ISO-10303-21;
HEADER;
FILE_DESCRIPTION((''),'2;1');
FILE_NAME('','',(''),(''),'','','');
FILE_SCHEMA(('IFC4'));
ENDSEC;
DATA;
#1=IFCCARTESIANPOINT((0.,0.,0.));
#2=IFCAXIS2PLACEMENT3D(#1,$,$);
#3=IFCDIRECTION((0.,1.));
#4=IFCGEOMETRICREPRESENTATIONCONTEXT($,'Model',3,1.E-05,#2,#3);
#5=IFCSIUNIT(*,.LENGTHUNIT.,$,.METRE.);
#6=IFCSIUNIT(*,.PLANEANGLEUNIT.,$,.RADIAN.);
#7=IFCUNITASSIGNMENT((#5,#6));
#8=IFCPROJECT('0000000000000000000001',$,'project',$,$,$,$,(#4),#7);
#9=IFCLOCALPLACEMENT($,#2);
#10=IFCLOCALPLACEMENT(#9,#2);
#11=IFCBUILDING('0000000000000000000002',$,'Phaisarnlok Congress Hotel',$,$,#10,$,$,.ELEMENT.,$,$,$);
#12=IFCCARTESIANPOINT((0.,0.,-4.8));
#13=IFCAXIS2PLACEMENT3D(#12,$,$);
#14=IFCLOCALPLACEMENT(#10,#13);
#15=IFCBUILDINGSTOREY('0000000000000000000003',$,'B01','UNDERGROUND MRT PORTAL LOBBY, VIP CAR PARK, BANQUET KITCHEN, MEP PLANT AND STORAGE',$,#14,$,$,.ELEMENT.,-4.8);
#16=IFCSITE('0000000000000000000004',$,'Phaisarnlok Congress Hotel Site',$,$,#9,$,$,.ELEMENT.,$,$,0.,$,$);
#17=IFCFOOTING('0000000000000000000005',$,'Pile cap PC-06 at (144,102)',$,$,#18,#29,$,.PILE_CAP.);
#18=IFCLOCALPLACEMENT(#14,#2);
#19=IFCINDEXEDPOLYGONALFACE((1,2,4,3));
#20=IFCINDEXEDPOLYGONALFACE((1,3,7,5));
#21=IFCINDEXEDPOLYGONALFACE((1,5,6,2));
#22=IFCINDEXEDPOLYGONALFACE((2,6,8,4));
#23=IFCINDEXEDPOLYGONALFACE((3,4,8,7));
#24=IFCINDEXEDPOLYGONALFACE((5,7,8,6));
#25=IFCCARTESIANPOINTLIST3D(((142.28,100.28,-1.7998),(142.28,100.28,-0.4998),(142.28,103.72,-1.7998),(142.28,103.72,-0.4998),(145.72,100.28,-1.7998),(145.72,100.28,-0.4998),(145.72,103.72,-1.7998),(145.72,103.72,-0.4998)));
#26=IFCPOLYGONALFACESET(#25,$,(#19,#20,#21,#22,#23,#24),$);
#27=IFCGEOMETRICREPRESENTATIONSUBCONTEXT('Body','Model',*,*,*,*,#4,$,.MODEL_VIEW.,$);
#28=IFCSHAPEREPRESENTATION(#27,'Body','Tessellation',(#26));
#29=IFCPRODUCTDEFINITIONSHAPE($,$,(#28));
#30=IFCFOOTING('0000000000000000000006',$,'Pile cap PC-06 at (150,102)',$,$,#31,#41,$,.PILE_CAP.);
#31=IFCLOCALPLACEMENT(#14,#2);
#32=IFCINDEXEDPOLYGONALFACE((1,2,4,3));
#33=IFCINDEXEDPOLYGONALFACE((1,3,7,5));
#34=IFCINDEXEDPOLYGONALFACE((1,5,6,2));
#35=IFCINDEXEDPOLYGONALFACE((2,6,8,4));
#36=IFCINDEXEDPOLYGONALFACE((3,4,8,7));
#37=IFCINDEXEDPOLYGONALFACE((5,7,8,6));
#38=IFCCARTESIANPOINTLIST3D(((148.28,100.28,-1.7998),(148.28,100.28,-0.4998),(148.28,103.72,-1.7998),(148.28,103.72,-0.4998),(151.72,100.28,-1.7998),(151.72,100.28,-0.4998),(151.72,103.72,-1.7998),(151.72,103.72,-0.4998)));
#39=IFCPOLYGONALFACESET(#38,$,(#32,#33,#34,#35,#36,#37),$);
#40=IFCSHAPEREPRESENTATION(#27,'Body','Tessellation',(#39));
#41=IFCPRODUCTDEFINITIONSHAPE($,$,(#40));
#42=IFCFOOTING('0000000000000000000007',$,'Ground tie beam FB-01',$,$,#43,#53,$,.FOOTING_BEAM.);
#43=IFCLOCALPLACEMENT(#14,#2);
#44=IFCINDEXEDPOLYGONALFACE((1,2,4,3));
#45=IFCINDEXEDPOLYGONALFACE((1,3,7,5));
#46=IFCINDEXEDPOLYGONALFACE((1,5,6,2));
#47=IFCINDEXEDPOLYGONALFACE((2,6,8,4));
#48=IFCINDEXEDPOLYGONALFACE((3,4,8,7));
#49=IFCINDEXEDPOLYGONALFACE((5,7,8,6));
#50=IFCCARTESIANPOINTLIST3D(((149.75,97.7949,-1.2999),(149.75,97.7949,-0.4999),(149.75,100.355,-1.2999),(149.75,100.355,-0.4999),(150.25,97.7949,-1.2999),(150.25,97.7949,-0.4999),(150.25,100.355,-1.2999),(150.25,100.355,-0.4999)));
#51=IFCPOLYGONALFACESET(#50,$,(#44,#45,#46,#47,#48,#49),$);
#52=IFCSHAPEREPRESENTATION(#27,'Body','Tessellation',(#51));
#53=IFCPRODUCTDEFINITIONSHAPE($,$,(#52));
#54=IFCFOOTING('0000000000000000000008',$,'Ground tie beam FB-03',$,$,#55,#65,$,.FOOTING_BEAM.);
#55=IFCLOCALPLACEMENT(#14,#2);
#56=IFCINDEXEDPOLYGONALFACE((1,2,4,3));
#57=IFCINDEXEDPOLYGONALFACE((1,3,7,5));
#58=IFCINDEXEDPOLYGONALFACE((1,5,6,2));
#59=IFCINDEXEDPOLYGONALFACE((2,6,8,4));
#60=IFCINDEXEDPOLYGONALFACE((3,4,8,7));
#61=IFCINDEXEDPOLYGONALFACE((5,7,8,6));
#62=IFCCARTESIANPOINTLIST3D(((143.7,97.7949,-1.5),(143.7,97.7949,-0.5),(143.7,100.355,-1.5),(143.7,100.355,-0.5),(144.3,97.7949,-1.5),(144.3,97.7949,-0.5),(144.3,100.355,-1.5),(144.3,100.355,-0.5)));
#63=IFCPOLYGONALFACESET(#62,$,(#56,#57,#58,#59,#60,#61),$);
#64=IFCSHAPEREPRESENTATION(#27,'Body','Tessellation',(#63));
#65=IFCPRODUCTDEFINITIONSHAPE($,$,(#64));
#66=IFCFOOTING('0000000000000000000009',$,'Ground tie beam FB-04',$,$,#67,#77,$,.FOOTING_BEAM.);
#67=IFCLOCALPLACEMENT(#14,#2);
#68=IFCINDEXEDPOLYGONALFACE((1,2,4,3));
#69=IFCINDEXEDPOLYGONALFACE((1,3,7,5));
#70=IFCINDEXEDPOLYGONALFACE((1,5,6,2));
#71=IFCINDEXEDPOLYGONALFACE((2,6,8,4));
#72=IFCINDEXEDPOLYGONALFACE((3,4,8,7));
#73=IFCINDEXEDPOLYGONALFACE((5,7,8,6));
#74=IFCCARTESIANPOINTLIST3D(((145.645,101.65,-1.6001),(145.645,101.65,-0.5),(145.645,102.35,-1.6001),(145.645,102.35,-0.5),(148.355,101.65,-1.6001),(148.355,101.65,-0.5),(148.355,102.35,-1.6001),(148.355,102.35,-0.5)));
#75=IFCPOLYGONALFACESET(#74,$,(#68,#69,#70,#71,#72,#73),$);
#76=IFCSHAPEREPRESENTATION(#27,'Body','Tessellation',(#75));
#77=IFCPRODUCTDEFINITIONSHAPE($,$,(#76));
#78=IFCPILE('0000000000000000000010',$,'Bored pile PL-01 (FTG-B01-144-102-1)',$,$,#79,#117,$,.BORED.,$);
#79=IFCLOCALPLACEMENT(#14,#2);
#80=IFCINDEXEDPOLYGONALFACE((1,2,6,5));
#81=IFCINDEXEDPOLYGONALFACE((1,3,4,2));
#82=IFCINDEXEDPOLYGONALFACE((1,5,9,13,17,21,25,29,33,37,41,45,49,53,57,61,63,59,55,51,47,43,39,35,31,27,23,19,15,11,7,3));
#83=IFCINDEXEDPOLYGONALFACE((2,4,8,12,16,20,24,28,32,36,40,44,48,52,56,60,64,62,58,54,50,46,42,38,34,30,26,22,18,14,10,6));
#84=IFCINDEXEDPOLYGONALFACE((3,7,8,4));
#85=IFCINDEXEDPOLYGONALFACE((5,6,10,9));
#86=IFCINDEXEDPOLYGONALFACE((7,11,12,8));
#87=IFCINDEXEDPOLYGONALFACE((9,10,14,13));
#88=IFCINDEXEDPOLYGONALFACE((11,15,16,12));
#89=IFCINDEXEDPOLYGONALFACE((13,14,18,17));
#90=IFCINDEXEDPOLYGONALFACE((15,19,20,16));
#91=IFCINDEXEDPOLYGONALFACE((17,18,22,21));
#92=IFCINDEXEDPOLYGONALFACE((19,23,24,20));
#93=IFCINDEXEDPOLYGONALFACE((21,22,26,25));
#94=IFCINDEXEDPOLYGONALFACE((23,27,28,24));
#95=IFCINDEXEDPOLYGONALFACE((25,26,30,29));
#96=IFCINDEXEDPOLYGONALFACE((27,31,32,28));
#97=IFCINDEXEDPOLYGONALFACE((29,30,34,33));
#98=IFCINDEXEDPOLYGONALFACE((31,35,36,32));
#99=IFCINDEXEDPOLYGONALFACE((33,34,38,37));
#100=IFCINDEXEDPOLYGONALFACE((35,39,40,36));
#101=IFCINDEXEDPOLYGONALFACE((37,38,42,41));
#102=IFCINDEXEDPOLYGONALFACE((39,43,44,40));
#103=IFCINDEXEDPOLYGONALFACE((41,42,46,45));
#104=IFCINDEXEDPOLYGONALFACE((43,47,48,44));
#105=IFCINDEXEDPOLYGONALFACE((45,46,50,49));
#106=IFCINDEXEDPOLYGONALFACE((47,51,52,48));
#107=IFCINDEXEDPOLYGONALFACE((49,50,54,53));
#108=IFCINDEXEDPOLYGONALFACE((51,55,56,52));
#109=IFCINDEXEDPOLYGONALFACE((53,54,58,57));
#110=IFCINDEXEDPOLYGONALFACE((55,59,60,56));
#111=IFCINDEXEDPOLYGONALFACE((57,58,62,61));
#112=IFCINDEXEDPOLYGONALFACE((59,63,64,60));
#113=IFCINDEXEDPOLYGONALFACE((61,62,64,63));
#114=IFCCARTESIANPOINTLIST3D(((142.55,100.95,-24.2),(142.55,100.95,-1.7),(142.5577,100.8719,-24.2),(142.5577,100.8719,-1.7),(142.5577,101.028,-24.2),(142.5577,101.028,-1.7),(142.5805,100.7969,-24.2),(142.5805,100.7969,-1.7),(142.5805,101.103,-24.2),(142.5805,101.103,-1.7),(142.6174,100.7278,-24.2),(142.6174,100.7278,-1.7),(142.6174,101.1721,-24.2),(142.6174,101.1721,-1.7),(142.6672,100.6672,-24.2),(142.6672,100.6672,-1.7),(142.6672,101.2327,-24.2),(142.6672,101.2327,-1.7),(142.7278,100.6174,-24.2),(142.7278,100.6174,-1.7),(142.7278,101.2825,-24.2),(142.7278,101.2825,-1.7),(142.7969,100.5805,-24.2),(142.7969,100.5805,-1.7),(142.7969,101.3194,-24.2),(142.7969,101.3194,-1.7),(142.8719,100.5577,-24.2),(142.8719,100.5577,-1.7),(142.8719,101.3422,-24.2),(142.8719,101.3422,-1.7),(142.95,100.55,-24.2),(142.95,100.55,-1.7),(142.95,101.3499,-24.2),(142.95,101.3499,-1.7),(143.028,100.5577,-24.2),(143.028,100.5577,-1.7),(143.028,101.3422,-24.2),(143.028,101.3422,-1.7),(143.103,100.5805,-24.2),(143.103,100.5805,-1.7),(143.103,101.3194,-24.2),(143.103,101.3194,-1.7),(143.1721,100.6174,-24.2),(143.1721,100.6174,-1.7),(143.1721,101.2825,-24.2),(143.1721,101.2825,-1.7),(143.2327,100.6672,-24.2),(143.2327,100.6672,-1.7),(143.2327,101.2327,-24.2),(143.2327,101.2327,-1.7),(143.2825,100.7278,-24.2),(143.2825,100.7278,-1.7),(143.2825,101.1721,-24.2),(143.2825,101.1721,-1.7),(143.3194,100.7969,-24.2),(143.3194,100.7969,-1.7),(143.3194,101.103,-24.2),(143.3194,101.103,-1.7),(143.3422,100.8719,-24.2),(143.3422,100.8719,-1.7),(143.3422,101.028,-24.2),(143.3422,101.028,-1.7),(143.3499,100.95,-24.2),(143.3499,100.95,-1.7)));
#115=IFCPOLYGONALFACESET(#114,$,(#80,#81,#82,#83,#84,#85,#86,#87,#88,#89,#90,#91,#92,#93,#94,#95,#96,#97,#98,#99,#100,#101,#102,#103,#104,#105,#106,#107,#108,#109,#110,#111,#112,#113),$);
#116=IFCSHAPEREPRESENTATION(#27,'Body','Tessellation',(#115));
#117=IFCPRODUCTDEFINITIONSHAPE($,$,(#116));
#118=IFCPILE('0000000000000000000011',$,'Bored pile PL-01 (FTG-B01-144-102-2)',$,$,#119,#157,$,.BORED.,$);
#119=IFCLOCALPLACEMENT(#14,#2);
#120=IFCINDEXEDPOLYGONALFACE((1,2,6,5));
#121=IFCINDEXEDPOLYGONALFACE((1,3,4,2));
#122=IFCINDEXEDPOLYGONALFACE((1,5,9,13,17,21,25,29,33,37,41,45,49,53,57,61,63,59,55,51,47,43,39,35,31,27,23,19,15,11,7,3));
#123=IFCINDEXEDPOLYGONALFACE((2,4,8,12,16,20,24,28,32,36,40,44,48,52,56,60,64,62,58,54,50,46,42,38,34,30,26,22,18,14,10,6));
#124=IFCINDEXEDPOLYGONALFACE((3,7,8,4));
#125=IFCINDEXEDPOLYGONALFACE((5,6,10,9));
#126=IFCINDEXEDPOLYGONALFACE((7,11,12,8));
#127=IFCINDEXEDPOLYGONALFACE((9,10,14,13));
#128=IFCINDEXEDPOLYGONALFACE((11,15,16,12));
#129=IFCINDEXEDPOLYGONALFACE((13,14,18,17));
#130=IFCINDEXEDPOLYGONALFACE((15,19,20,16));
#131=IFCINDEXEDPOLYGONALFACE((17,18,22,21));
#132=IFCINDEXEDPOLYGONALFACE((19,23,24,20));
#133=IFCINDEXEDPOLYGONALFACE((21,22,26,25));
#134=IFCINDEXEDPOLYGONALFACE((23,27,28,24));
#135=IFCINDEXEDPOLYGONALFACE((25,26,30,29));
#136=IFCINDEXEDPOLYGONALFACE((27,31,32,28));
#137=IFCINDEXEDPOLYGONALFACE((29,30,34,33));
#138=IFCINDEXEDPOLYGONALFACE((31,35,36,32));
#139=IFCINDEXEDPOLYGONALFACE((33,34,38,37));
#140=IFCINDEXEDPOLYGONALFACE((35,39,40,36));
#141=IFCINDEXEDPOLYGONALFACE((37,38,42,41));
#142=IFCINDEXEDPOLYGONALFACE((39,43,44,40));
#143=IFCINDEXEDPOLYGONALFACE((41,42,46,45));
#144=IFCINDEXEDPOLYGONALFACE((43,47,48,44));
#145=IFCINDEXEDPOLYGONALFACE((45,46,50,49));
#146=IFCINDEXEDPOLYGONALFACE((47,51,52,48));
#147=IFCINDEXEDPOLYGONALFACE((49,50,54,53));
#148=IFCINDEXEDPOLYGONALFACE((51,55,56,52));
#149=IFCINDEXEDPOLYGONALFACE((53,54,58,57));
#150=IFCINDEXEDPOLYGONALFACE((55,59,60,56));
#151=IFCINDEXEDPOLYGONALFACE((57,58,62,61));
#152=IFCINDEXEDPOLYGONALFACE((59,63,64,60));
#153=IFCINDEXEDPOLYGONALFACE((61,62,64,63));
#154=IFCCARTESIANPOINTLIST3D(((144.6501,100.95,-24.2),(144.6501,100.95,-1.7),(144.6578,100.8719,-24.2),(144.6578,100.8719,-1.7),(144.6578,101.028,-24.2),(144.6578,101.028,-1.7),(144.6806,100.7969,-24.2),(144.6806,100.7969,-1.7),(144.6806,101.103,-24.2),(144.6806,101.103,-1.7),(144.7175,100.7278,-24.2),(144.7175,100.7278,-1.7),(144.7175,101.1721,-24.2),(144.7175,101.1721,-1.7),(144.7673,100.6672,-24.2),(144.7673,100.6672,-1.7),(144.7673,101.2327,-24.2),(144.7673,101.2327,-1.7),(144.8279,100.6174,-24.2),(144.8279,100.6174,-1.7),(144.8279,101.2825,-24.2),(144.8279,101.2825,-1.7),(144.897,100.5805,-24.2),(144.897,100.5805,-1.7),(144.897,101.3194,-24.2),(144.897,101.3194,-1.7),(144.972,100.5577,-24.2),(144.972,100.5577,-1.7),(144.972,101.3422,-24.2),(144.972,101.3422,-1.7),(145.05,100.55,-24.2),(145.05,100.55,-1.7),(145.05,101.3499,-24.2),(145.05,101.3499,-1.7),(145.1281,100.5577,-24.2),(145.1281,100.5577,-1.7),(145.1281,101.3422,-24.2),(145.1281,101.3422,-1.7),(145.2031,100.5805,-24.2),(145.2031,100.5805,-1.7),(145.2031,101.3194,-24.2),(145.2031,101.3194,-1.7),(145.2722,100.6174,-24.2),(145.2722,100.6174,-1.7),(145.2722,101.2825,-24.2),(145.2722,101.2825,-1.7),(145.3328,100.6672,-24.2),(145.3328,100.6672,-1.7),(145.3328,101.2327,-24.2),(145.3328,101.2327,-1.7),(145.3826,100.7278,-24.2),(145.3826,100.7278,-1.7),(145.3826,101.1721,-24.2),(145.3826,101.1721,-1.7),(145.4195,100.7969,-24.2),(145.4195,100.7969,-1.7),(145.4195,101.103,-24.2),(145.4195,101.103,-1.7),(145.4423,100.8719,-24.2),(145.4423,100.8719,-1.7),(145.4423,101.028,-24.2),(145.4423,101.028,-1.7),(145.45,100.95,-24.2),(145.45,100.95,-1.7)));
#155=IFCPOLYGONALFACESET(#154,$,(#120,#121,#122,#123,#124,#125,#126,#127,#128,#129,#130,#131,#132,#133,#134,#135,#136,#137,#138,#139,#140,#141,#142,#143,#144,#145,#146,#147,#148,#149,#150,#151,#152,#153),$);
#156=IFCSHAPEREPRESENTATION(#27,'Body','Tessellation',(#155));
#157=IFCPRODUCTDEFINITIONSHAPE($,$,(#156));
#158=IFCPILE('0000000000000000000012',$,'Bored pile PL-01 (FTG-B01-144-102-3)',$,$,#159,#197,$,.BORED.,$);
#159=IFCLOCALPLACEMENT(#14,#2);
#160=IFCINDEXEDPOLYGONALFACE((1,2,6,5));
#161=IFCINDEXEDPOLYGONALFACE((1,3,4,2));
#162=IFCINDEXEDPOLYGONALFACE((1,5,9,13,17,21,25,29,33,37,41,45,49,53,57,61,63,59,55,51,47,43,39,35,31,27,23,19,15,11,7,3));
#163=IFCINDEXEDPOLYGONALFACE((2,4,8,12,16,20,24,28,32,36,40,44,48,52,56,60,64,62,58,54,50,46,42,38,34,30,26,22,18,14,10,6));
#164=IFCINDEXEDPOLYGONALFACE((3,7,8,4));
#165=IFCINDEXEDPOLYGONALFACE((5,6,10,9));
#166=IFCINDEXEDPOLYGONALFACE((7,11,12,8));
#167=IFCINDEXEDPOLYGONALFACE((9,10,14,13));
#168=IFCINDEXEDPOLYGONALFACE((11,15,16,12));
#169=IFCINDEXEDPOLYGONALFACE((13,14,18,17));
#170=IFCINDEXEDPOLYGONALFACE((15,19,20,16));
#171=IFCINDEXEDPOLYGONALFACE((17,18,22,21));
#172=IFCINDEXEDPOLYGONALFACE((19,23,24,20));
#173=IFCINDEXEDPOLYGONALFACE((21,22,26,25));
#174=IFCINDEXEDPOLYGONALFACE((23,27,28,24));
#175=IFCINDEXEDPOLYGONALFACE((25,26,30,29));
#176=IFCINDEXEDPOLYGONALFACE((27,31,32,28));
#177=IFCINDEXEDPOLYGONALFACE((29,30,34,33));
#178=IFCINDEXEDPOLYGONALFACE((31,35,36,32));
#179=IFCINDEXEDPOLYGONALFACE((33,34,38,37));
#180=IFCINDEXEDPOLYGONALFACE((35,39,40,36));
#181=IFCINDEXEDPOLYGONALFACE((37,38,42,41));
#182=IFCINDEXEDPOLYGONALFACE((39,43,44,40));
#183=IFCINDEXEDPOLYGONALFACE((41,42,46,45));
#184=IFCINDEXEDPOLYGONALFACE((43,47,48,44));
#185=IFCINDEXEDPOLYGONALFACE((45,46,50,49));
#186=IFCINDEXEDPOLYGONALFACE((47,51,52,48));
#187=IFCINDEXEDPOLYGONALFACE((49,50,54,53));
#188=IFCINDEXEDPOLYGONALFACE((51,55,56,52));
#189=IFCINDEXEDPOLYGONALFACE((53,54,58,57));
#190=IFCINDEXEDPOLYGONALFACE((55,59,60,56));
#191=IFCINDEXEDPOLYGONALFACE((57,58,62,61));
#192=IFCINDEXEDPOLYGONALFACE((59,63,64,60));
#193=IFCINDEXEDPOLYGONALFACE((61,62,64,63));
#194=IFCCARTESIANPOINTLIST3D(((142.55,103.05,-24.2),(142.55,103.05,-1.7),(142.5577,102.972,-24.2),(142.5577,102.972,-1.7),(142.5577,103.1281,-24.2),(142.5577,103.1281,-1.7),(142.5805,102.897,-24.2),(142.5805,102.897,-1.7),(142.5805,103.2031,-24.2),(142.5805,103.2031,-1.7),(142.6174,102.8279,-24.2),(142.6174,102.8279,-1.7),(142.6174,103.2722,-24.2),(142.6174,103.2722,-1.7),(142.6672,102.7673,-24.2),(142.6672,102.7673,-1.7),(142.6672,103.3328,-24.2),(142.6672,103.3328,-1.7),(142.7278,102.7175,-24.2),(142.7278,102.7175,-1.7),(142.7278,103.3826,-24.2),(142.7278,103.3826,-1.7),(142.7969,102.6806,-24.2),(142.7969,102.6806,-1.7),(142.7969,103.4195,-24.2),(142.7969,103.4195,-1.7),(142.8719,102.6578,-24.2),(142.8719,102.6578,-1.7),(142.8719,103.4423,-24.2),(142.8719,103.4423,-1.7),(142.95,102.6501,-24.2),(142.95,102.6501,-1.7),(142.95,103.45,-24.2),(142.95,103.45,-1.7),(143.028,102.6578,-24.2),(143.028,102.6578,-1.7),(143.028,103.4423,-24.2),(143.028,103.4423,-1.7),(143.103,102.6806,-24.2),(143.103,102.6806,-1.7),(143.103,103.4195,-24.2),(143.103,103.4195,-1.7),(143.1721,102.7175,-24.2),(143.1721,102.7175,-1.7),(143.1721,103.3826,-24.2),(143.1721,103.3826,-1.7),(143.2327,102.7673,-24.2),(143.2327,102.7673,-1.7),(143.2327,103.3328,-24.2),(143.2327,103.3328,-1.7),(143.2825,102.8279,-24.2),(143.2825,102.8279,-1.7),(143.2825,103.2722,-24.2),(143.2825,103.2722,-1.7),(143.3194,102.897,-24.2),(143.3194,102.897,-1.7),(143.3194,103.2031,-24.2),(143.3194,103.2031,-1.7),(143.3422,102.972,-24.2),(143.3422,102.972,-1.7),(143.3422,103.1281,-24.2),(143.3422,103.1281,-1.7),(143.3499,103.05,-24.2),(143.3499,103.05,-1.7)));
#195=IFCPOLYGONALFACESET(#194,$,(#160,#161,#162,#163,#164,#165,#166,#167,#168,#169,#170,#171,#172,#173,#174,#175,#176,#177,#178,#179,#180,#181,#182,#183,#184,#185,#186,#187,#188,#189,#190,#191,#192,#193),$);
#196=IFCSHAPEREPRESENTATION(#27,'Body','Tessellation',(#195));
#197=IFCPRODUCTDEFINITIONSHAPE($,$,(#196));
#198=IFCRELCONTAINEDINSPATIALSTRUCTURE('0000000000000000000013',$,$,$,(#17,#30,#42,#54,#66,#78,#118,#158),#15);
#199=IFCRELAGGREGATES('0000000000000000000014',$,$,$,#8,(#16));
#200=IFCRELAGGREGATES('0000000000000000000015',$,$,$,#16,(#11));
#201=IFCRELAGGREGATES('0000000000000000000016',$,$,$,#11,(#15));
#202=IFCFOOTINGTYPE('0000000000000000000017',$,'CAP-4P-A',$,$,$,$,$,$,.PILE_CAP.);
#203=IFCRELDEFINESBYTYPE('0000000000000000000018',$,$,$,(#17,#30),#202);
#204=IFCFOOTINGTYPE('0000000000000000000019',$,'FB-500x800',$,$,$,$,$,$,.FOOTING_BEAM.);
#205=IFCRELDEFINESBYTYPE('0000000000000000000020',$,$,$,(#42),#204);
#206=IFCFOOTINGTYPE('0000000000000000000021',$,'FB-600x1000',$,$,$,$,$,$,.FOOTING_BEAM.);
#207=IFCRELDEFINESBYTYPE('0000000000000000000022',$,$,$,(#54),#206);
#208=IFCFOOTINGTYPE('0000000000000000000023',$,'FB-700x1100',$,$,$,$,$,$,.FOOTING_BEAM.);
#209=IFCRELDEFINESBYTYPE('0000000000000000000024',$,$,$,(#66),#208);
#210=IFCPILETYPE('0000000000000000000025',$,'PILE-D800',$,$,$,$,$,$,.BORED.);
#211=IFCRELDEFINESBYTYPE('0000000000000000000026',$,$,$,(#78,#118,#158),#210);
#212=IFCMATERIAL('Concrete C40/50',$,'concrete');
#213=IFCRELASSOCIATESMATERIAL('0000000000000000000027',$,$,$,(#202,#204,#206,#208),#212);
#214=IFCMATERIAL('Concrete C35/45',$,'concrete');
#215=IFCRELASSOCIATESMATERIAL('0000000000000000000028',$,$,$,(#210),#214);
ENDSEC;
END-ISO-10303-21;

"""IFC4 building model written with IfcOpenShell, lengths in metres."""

from ifc_helpers import new_model, si_unit, direction, frame, origin, origin_2d, place, context, subcontext, project, spatial, rectangle, circle, extrude, material, material_profile, profile_set, type_object, element, save


model = new_model("IFC4")

# Units and contexts
model_context = context("Model", 3, precision=1e-05, world=origin(), true_north=direction((0.0, 1.0)))
body_context = subcontext(model_context, "Body", "Model", "MODEL_VIEW")
ifc_project = project(units=[si_unit("LENGTHUNIT", "METRE"), si_unit("PLANEANGLEUNIT", "RADIAN")], contexts=[model_context])

# Site, building, storey
site_placement = place(None, origin())
site = spatial("IfcSite", under=ifc_project, at=site_placement, Name="Phaisarnlok Congress Hotel Site", CompositionType="ELEMENT", RefElevation=0.0)
building_placement = place(site_placement, origin())
building = spatial("IfcBuilding", under=site, at=building_placement, Name="Phaisarnlok Congress Hotel", CompositionType="ELEMENT")
storey_placement = place(building_placement, frame((0.0, 0.0, -4.8)))
storey = spatial("IfcBuildingStorey", under=building, at=storey_placement, Name="B01", Description="UNDERGROUND MRT PORTAL LOBBY, VIP CAR PARK, BANQUET KITCHEN, MEP PLANT AND STORAGE", CompositionType="ELEMENT", Elevation=-4.8)

# Footings
ifc_material_1 = material(Name="Concrete C40/50", Category="concrete")
footing_type_1 = type_object("IfcFootingType", Name="CAP-4P-A", PredefinedType="PILE_CAP", material=ifc_material_1)
for number, where, z_axis, x_axis, name in (
    (1, (144.0, 102.0, -1.7998), (0.0, 0.0, 1.0), (1.0, 0.0, 0.0), "Pile cap PC-06 at (144,102)"),
    (2, (150.0, 102.0, -1.7998), (0.0, 0.0, 1.0), (1.0, 0.0, 0.0), "Pile cap PC-06 at (150,102)"),
):
    element("IfcFooting", number, at=place(storey_placement, frame(where, z_axis=z_axis, x_axis=x_axis)), inside=storey, type_object=footing_type_1, Name=name, PredefinedType="PILE_CAP", context=body_context, shape_type="SweptSolid", body=[
        extrude(rectangle(XDim=3.4399, YDim=3.4399, at=origin_2d()), origin(), (0.0, 0.0, 1.0), 1.3),
    ])
ifc_material_profile_1 = material_profile(ifc_material_1, rectangle(XDim=0.5, YDim=0.8, at=origin_2d()), Name="FB-500x800")
ifc_profile_set_1 = profile_set([ifc_material_profile_1], Name="Concrete C40/50")
footing_type_2 = type_object("IfcFootingType", Name="FB-500x800", PredefinedType="FOOTING_BEAM", material=ifc_profile_set_1)
footing_1_placement = place(storey_placement, frame((150.0, 97.7949, -0.8999), z_axis=(0.0, 1.0, 0.0), x_axis=(-1.0, 0.0, 0.0)))
element("IfcFooting", 3, at=footing_1_placement, inside=storey, type_object=footing_type_2, Name="Ground tie beam FB-01", PredefinedType="FOOTING_BEAM", context=body_context, shape_type="SweptSolid", body=[
    extrude(rectangle(XDim=0.5, YDim=0.8, at=origin_2d()), origin(), (0.0, 0.0, 1.0), 2.5601),
])
ifc_material_profile_2 = material_profile(ifc_material_1, rectangle(XDim=0.6001, YDim=1.0, at=origin_2d()), Name="FB-600x1000")
ifc_profile_set_2 = profile_set([ifc_material_profile_2], Name="Concrete C40/50")
footing_type_3 = type_object("IfcFootingType", Name="FB-600x1000", PredefinedType="FOOTING_BEAM", material=ifc_profile_set_2)
footing_2_placement = place(storey_placement, frame((144.0, 97.7949, -1.0), z_axis=(0.0, 1.0, 0.0), x_axis=(-1.0, 0.0, 0.0)))
element("IfcFooting", 4, at=footing_2_placement, inside=storey, type_object=footing_type_3, Name="Ground tie beam FB-03", PredefinedType="FOOTING_BEAM", context=body_context, shape_type="SweptSolid", body=[
    extrude(rectangle(XDim=0.6001, YDim=1.0, at=origin_2d()), origin(), (0.0, 0.0, 1.0), 2.5601),
])
ifc_material_profile_3 = material_profile(ifc_material_1, rectangle(XDim=0.7, YDim=1.1001, at=origin_2d()), Name="FB-700x1100")
ifc_profile_set_3 = profile_set([ifc_material_profile_3], Name="Concrete C40/50")
footing_type_4 = type_object("IfcFootingType", Name="FB-700x1100", PredefinedType="FOOTING_BEAM", material=ifc_profile_set_3)
footing_3_placement = place(storey_placement, frame((145.645, 102.0, -1.05), z_axis=(1.0, 0.0, 0.0), x_axis=(0.0, 1.0, 0.0)))
element("IfcFooting", 5, at=footing_3_placement, inside=storey, type_object=footing_type_4, Name="Ground tie beam FB-04", PredefinedType="FOOTING_BEAM", context=body_context, shape_type="SweptSolid", body=[
    extrude(rectangle(XDim=0.7, YDim=1.1001, at=origin_2d()), origin(), (0.0, 0.0, 1.0), 2.71),
])

# Piles
ifc_material_2 = material(Name="Concrete C35/45", Category="concrete")
ifc_material_profile_4 = material_profile(ifc_material_2, circle(Radius=0.3999, at=origin_2d()), Name="BORED PILE D800")
ifc_profile_set_4 = profile_set([ifc_material_profile_4], Name="Concrete C35/45")
pile_type = type_object("IfcPileType", Name="PILE-D800", PredefinedType="BORED", material=ifc_profile_set_4)
for number, where, z_axis, x_axis, name in (
    (6, (142.95, 100.95, -1.7), (0.0, 0.0, -1.0), (1.0, 0.0, 0.0), "Bored pile PL-01 (FTG-B01-144-102-1)"),
    (7, (145.05, 100.95, -1.7), (0.0, 0.0, -1.0), (1.0, 0.0, 0.0), "Bored pile PL-01 (FTG-B01-144-102-2)"),
    (8, (142.95, 103.05, -1.7), (0.0, 0.0, -1.0), (1.0, 0.0, 0.0), "Bored pile PL-01 (FTG-B01-144-102-3)"),
):
    element("IfcPile", number, at=place(storey_placement, frame(where, z_axis=z_axis, x_axis=x_axis)), inside=storey, type_object=pile_type, Name=name, PredefinedType="BORED", context=body_context, shape_type="SweptSolid", body=[
        extrude(circle(Radius=0.3999, at=origin_2d()), origin(), (0.0, 0.0, 1.0), 22.5),
    ])

save(model, "model.ifc")
